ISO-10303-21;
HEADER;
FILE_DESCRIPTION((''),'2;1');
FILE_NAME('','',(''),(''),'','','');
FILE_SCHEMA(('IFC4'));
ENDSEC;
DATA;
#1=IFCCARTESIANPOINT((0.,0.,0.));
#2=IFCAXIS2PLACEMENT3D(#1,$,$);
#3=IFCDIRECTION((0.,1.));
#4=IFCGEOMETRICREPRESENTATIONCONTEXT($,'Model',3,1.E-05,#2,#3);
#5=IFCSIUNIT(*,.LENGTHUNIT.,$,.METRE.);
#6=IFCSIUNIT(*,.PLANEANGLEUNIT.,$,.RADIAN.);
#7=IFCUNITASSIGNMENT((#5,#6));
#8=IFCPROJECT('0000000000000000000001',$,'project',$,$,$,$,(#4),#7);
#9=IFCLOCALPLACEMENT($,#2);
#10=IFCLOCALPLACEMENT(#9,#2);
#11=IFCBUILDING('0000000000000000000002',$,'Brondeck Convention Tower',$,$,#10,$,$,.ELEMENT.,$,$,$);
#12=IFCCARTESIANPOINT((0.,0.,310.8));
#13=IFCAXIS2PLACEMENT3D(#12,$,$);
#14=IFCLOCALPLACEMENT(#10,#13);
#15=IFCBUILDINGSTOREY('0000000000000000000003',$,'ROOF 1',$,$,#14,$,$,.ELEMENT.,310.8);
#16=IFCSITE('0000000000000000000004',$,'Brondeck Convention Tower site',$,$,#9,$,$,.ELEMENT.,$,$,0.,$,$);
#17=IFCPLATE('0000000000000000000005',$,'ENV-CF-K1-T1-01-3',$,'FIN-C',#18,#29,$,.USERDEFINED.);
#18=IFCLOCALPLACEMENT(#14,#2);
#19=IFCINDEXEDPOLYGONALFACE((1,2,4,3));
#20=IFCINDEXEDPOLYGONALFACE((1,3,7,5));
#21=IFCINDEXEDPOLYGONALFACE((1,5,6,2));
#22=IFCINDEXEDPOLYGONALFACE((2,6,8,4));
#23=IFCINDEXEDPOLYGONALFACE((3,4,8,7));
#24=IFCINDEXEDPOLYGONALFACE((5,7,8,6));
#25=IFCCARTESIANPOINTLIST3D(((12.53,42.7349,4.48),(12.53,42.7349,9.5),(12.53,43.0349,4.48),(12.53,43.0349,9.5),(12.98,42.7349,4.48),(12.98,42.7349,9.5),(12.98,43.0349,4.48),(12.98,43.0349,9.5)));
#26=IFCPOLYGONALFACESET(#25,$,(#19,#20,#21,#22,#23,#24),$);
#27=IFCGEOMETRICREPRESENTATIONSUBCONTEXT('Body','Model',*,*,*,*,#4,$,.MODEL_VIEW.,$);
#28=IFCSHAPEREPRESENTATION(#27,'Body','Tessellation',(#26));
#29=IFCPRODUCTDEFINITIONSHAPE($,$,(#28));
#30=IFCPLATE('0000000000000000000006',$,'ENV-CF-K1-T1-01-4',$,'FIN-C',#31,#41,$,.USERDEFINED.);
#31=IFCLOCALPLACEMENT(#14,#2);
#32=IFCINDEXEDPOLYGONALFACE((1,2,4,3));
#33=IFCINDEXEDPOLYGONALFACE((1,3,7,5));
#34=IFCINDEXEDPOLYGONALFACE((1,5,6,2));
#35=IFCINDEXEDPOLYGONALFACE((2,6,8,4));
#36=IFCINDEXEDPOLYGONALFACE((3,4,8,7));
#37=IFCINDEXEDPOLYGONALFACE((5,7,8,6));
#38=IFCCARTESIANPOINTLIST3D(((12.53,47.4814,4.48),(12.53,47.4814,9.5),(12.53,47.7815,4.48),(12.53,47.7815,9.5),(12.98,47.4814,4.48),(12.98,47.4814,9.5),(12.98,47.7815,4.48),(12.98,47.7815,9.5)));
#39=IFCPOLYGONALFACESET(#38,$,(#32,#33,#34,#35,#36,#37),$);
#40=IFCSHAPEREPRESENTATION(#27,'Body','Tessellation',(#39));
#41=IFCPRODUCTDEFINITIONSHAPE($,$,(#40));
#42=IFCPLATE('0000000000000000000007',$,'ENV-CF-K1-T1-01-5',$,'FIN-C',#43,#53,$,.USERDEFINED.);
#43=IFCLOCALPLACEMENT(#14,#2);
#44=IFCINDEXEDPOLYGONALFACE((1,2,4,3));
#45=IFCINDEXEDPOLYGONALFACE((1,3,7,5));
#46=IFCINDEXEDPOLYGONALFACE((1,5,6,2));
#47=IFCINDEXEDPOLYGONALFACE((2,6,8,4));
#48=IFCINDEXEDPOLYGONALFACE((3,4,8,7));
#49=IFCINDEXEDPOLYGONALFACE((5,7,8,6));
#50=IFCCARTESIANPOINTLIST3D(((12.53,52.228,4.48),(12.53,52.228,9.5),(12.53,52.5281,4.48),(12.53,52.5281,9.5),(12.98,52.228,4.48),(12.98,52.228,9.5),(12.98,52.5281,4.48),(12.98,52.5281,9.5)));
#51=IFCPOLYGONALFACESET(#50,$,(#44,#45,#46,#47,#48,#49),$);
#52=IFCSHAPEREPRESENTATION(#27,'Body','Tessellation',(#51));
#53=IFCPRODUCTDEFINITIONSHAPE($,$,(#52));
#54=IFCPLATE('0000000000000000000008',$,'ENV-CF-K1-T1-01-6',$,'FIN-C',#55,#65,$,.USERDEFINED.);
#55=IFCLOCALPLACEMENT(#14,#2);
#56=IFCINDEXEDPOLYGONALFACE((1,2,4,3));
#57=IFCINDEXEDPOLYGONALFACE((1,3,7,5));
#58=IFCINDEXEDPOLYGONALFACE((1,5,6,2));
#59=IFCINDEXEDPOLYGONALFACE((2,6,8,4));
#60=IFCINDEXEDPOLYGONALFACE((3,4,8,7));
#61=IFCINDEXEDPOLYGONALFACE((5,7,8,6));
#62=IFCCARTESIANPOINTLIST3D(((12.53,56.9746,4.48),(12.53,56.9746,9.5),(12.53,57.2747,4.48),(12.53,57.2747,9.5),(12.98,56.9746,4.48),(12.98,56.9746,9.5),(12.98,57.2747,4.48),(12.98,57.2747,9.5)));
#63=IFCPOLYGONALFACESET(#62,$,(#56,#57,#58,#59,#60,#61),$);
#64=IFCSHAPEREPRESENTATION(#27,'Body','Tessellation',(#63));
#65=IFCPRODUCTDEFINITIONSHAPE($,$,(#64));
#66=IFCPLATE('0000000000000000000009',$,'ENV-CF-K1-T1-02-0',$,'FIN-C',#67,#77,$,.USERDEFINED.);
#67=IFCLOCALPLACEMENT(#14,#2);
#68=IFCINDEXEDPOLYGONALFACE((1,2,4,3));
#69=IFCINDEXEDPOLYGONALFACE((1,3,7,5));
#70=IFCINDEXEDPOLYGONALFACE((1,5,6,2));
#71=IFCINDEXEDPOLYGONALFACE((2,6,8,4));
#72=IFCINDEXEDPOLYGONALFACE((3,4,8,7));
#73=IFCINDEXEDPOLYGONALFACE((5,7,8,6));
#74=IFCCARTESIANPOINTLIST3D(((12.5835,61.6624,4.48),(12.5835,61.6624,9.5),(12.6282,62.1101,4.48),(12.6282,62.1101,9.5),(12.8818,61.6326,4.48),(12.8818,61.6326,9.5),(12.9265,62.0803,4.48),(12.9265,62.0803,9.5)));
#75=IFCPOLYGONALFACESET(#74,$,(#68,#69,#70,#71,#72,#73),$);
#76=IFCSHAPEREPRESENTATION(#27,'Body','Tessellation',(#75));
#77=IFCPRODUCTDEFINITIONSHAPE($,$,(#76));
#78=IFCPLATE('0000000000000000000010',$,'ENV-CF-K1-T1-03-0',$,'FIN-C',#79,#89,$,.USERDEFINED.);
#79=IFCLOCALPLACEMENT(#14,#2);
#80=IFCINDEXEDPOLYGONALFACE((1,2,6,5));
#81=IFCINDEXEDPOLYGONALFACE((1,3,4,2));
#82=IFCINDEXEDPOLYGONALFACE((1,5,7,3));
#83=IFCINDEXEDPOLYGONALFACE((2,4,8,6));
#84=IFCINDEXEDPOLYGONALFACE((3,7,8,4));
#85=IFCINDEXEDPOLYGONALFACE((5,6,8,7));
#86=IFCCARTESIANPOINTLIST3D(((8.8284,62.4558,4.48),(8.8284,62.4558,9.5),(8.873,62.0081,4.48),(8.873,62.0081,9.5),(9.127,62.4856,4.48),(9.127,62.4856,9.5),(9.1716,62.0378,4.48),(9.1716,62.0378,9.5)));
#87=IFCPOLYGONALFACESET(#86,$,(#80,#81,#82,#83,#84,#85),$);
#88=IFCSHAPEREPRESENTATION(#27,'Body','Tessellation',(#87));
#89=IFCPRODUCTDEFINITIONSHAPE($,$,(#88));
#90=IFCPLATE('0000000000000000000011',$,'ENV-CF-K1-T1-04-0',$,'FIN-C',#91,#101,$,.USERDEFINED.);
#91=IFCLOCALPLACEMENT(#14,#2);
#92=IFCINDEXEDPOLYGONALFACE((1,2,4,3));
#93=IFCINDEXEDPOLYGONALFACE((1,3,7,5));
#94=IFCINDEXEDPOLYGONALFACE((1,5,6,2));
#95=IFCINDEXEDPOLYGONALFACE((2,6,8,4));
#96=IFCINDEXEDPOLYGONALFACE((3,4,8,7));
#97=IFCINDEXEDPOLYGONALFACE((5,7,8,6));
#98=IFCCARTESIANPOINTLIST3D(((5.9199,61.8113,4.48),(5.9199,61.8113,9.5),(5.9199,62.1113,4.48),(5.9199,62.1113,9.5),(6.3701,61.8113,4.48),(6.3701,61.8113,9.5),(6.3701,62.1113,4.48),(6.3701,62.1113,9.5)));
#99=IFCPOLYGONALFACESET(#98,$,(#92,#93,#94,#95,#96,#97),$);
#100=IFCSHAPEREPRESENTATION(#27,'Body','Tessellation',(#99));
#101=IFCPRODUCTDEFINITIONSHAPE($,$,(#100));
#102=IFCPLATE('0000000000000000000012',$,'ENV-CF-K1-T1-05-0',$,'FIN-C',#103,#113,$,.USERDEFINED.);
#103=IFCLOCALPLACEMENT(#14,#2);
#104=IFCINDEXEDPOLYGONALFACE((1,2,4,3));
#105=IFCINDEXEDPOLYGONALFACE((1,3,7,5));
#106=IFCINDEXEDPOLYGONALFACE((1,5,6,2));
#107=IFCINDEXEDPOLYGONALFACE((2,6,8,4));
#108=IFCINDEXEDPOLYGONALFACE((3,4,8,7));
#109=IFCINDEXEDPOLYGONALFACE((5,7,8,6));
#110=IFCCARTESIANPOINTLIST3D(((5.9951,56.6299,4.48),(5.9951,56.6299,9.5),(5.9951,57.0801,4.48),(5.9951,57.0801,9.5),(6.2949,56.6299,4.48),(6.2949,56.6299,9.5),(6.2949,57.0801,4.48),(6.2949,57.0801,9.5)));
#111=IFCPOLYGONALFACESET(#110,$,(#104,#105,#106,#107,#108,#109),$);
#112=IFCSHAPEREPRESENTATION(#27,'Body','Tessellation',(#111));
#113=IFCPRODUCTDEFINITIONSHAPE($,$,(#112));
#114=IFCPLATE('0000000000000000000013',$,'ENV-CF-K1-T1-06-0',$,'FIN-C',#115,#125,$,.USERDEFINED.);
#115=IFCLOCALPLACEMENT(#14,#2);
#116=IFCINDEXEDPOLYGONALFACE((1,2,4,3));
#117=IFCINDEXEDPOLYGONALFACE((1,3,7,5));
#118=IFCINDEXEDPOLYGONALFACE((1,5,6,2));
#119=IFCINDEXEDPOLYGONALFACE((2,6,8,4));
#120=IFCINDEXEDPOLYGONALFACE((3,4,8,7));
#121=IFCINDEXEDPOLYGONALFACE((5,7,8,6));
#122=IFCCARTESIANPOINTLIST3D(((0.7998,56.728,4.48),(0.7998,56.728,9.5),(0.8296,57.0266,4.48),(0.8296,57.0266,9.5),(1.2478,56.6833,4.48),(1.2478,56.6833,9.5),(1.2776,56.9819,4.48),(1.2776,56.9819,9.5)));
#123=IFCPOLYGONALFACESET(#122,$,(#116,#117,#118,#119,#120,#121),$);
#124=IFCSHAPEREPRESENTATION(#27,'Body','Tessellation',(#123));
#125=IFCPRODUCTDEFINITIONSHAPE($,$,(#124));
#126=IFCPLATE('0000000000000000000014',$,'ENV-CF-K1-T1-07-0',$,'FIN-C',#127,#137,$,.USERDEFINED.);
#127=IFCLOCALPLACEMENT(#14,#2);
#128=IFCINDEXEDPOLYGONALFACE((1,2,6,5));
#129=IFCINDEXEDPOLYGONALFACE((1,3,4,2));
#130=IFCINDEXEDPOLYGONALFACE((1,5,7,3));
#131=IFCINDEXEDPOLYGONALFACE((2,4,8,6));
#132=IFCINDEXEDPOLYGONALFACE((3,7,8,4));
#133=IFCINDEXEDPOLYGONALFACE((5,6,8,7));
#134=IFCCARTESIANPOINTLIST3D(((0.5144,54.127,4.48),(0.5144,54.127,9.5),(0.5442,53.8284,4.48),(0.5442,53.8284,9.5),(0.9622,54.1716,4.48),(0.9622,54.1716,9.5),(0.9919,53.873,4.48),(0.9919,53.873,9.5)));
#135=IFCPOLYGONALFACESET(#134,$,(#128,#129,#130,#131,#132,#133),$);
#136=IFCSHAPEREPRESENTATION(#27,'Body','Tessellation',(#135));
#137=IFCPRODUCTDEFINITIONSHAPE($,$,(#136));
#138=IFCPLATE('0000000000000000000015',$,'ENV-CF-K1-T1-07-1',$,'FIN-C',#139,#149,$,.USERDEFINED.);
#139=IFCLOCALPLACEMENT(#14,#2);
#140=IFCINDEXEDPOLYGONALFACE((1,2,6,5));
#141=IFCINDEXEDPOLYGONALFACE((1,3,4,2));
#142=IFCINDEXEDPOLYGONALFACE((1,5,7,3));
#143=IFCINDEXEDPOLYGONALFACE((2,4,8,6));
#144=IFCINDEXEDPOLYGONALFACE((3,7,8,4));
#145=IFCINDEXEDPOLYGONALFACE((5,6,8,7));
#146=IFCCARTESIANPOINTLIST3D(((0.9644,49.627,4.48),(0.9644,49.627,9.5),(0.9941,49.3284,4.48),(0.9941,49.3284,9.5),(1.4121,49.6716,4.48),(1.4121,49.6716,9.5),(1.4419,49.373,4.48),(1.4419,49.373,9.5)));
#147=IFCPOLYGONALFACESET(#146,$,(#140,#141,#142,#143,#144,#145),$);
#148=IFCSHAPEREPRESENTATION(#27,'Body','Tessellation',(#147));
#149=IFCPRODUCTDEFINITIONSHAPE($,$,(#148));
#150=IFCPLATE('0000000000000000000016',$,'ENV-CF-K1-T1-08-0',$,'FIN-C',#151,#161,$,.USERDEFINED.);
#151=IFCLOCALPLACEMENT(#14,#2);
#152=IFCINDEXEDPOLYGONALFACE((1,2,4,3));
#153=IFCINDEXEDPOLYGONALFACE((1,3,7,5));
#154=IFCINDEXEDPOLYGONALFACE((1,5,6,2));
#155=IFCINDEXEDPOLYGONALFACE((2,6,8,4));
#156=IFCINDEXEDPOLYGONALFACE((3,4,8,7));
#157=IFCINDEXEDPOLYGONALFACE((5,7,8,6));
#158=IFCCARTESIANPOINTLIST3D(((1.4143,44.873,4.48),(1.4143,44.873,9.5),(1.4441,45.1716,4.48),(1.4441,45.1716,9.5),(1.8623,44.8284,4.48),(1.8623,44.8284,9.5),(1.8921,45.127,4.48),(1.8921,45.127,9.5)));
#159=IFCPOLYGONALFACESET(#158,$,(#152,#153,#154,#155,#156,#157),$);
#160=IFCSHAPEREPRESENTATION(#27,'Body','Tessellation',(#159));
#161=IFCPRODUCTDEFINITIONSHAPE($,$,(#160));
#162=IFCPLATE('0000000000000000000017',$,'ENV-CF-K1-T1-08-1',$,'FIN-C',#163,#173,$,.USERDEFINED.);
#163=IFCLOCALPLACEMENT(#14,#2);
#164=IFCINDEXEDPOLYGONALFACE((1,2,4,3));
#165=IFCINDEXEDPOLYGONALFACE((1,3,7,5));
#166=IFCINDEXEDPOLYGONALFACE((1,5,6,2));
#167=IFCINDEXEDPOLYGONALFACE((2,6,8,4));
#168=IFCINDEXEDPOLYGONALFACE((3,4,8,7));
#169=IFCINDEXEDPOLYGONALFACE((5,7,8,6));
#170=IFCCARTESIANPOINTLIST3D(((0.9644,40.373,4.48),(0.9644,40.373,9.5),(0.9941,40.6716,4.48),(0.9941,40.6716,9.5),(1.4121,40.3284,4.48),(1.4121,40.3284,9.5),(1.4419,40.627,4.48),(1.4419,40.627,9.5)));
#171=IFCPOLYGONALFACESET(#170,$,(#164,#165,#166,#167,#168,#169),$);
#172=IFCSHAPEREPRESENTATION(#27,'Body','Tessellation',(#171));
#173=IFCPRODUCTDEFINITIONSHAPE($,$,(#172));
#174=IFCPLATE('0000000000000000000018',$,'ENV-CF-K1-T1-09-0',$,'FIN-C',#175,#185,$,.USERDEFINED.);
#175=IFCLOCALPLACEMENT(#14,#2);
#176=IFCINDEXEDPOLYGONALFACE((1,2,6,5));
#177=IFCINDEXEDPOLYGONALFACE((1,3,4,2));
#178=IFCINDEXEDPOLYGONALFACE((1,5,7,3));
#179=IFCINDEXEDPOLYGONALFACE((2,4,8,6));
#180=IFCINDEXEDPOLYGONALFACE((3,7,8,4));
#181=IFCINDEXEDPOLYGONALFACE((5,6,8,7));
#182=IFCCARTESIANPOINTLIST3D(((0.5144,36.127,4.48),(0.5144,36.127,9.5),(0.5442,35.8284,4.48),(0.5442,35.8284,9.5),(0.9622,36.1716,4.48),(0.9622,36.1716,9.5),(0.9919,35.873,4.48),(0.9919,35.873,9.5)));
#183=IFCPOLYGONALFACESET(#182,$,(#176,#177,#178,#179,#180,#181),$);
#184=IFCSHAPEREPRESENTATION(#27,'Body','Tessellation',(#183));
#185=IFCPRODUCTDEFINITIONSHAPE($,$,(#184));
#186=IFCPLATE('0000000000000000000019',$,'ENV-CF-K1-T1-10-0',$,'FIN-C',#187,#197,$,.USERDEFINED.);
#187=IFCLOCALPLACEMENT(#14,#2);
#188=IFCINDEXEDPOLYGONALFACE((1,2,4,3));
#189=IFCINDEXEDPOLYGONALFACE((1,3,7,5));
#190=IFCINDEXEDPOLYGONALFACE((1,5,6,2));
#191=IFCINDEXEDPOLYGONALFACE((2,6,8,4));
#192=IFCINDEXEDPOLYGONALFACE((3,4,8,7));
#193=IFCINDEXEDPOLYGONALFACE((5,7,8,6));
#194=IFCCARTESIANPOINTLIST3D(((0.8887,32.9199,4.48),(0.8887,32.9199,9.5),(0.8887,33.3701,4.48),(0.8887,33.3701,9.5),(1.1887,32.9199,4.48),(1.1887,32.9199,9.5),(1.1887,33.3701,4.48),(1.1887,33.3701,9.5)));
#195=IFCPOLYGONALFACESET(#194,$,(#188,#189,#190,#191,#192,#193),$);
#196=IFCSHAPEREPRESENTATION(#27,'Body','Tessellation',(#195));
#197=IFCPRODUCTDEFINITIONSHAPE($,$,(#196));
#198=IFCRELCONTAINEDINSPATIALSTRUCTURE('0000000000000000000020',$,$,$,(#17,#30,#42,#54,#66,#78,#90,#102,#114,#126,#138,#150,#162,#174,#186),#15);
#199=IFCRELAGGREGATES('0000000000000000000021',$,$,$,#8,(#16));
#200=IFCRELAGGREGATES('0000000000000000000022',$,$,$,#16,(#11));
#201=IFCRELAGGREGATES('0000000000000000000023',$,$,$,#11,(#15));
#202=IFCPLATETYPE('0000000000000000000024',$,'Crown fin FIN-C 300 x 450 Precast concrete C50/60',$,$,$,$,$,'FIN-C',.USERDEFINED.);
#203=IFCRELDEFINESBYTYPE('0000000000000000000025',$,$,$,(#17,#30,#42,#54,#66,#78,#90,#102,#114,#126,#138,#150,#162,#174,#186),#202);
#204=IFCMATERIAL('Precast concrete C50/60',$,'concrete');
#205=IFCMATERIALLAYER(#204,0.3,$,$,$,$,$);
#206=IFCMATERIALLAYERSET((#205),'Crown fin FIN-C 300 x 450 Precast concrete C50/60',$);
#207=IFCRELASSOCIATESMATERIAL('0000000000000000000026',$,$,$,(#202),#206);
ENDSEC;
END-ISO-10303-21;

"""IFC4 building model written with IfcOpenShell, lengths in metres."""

from ifc_helpers import new_model, si_unit, direction, frame, origin, place, context, subcontext, project, spatial, polyline, outline, extrude, material, layer, layer_set, type_object, element, save


model = new_model("IFC4")

# Units and contexts
model_context = context("Model", 3, precision=1e-05, world=origin(), true_north=direction((0.0, 1.0)))
body_context = subcontext(model_context, "Body", "Model", "MODEL_VIEW")
ifc_project = project(units=[si_unit("LENGTHUNIT", "METRE"), si_unit("PLANEANGLEUNIT", "RADIAN")], contexts=[model_context])

# Site, building, storey
site_placement = place(None, origin())
site = spatial("IfcSite", under=ifc_project, at=site_placement, Name="Brondeck Convention Tower site", CompositionType="ELEMENT", RefElevation=0.0)
building_placement = place(site_placement, origin())
building = spatial("IfcBuilding", under=site, at=building_placement, Name="Brondeck Convention Tower", CompositionType="ELEMENT")
storey_placement = place(building_placement, frame((0.0, 0.0, 310.8)))
storey = spatial("IfcBuildingStorey", under=building, at=storey_placement, Name="ROOF 1", CompositionType="ELEMENT", Elevation=310.8)

# Plates
ifc_material_1 = material(Name="Precast concrete C50/60", Category="concrete")
ifc_layer_1 = layer(ifc_material_1, 0.3)
ifc_layer_set_1 = layer_set([ifc_layer_1], Name="Crown fin FIN-C 300 x 450 Precast concrete C50/60")
plate_type = type_object("IfcPlateType", Name="Crown fin FIN-C 300 x 450 Precast concrete C50/60", ElementType="FIN-C", PredefinedType="USERDEFINED", material=ifc_layer_set_1)
plate_1_placement = place(storey_placement, frame((0.0, 0.0, 4.48)))
element("IfcPlate", 1, at=plate_1_placement, inside=storey, type_object=plate_type, Name="ENV-CF-K1-T1-01-3", ObjectType="FIN-C", PredefinedType="USERDEFINED", context=body_context, shape_type="SweptSolid", body=[
    extrude(outline(polyline([(12.53, 43.0349), (12.53, 42.7349), (12.98, 42.7349), (12.98, 43.0349), (12.53, 43.0349)])), origin(), (0.0, 0.0, 1.0), 5.02),
])
plate_2_placement = place(storey_placement, frame((0.0, 0.0, 4.48)))
element("IfcPlate", 2, at=plate_2_placement, inside=storey, type_object=plate_type, Name="ENV-CF-K1-T1-01-4", ObjectType="FIN-C", PredefinedType="USERDEFINED", context=body_context, shape_type="SweptSolid", body=[
    extrude(outline(polyline([(12.53, 47.7815), (12.53, 47.4814), (12.98, 47.4814), (12.98, 47.7815), (12.53, 47.7815)])), origin(), (0.0, 0.0, 1.0), 5.02),
])
plate_3_placement = place(storey_placement, frame((0.0, 0.0, 4.48)))
element("IfcPlate", 3, at=plate_3_placement, inside=storey, type_object=plate_type, Name="ENV-CF-K1-T1-01-5", ObjectType="FIN-C", PredefinedType="USERDEFINED", context=body_context, shape_type="SweptSolid", body=[
    extrude(outline(polyline([(12.53, 52.5281), (12.53, 52.228), (12.98, 52.228), (12.98, 52.5281), (12.53, 52.5281)])), origin(), (0.0, 0.0, 1.0), 5.02),
])
plate_4_placement = place(storey_placement, frame((0.0, 0.0, 4.48)))
element("IfcPlate", 4, at=plate_4_placement, inside=storey, type_object=plate_type, Name="ENV-CF-K1-T1-01-6", ObjectType="FIN-C", PredefinedType="USERDEFINED", context=body_context, shape_type="SweptSolid", body=[
    extrude(outline(polyline([(12.53, 57.2747), (12.53, 56.9746), (12.98, 56.9746), (12.98, 57.2747), (12.53, 57.2747)])), origin(), (0.0, 0.0, 1.0), 5.02),
])
plate_5_placement = place(storey_placement, frame((0.0, 0.0, 4.48)))
element("IfcPlate", 5, at=plate_5_placement, inside=storey, type_object=plate_type, Name="ENV-CF-K1-T1-02-0", ObjectType="FIN-C", PredefinedType="USERDEFINED", context=body_context, shape_type="SweptSolid", body=[
    extrude(outline(polyline([(12.5835, 61.6624), (12.8818, 61.6326), (12.9265, 62.0803), (12.6282, 62.1101), (12.5835, 61.6624)])), origin(), (0.0, 0.0, 1.0), 5.02),
])
plate_6_placement = place(storey_placement, frame((0.0, 0.0, 4.48)))
element("IfcPlate", 6, at=plate_6_placement, inside=storey, type_object=plate_type, Name="ENV-CF-K1-T1-03-0", ObjectType="FIN-C", PredefinedType="USERDEFINED", context=body_context, shape_type="SweptSolid", body=[
    extrude(outline(polyline([(8.873, 62.0081), (9.1716, 62.0378), (9.127, 62.4856), (8.8284, 62.4558), (8.873, 62.0081)])), origin(), (0.0, 0.0, 1.0), 5.02),
])
plate_7_placement = place(storey_placement, frame((0.0, 0.0, 4.48)))
element("IfcPlate", 7, at=plate_7_placement, inside=storey, type_object=plate_type, Name="ENV-CF-K1-T1-04-0", ObjectType="FIN-C", PredefinedType="USERDEFINED", context=body_context, shape_type="SweptSolid", body=[
    extrude(outline(polyline([(6.3701, 61.8113), (6.3701, 62.1113), (5.9199, 62.1113), (5.9199, 61.8113), (6.3701, 61.8113)])), origin(), (0.0, 0.0, 1.0), 5.02),
])
plate_8_placement = place(storey_placement, frame((0.0, 0.0, 4.48)))
element("IfcPlate", 8, at=plate_8_placement, inside=storey, type_object=plate_type, Name="ENV-CF-K1-T1-05-0", ObjectType="FIN-C", PredefinedType="USERDEFINED", context=body_context, shape_type="SweptSolid", body=[
    extrude(outline(polyline([(5.9951, 56.6299), (6.2949, 56.6299), (6.2949, 57.0801), (5.9951, 57.0801), (5.9951, 56.6299)])), origin(), (0.0, 0.0, 1.0), 5.02),
])
plate_9_placement = place(storey_placement, frame((0.0, 0.0, 4.48)))
element("IfcPlate", 9, at=plate_9_placement, inside=storey, type_object=plate_type, Name="ENV-CF-K1-T1-06-0", ObjectType="FIN-C", PredefinedType="USERDEFINED", context=body_context, shape_type="SweptSolid", body=[
    extrude(outline(polyline([(1.2478, 56.6833), (1.2776, 56.9819), (0.8296, 57.0266), (0.7998, 56.728), (1.2478, 56.6833)])), origin(), (0.0, 0.0, 1.0), 5.02),
])
plate_10_placement = place(storey_placement, frame((0.0, 0.0, 4.48)))
element("IfcPlate", 10, at=plate_10_placement, inside=storey, type_object=plate_type, Name="ENV-CF-K1-T1-07-0", ObjectType="FIN-C", PredefinedType="USERDEFINED", context=body_context, shape_type="SweptSolid", body=[
    extrude(outline(polyline([(0.9919, 53.873), (0.9622, 54.1716), (0.5144, 54.127), (0.5442, 53.8284), (0.9919, 53.873)])), origin(), (0.0, 0.0, 1.0), 5.02),
])
plate_11_placement = place(storey_placement, frame((0.0, 0.0, 4.48)))
element("IfcPlate", 11, at=plate_11_placement, inside=storey, type_object=plate_type, Name="ENV-CF-K1-T1-07-1", ObjectType="FIN-C", PredefinedType="USERDEFINED", context=body_context, shape_type="SweptSolid", body=[
    extrude(outline(polyline([(1.4419, 49.373), (1.4121, 49.6716), (0.9644, 49.627), (0.9941, 49.3284), (1.4419, 49.373)])), origin(), (0.0, 0.0, 1.0), 5.02),
])
plate_12_placement = place(storey_placement, frame((0.0, 0.0, 4.48)))
element("IfcPlate", 12, at=plate_12_placement, inside=storey, type_object=plate_type, Name="ENV-CF-K1-T1-08-0", ObjectType="FIN-C", PredefinedType="USERDEFINED", context=body_context, shape_type="SweptSolid", body=[
    extrude(outline(polyline([(1.8623, 44.8284), (1.8921, 45.127), (1.4441, 45.1716), (1.4143, 44.873), (1.8623, 44.8284)])), origin(), (0.0, 0.0, 1.0), 5.02),
])
plate_13_placement = place(storey_placement, frame((0.0, 0.0, 4.48)))
element("IfcPlate", 13, at=plate_13_placement, inside=storey, type_object=plate_type, Name="ENV-CF-K1-T1-08-1", ObjectType="FIN-C", PredefinedType="USERDEFINED", context=body_context, shape_type="SweptSolid", body=[
    extrude(outline(polyline([(1.4121, 40.3284), (1.4419, 40.627), (0.9941, 40.6716), (0.9644, 40.373), (1.4121, 40.3284)])), origin(), (0.0, 0.0, 1.0), 5.02),
])
plate_14_placement = place(storey_placement, frame((0.0, 0.0, 4.48)))
element("IfcPlate", 14, at=plate_14_placement, inside=storey, type_object=plate_type, Name="ENV-CF-K1-T1-09-0", ObjectType="FIN-C", PredefinedType="USERDEFINED", context=body_context, shape_type="SweptSolid", body=[
    extrude(outline(polyline([(0.9919, 35.873), (0.9622, 36.1716), (0.5144, 36.127), (0.5442, 35.8284), (0.9919, 35.873)])), origin(), (0.0, 0.0, 1.0), 5.02),
])
plate_15_placement = place(storey_placement, frame((0.0, 0.0, 4.48)))
element("IfcPlate", 15, at=plate_15_placement, inside=storey, type_object=plate_type, Name="ENV-CF-K1-T1-10-0", ObjectType="FIN-C", PredefinedType="USERDEFINED", context=body_context, shape_type="SweptSolid", body=[
    extrude(outline(polyline([(1.1887, 33.3701), (0.8887, 33.3701), (0.8887, 32.9199), (1.1887, 32.9199), (1.1887, 33.3701)])), origin(), (0.0, 0.0, 1.0), 5.02),
])

save(model, "model.ifc")
